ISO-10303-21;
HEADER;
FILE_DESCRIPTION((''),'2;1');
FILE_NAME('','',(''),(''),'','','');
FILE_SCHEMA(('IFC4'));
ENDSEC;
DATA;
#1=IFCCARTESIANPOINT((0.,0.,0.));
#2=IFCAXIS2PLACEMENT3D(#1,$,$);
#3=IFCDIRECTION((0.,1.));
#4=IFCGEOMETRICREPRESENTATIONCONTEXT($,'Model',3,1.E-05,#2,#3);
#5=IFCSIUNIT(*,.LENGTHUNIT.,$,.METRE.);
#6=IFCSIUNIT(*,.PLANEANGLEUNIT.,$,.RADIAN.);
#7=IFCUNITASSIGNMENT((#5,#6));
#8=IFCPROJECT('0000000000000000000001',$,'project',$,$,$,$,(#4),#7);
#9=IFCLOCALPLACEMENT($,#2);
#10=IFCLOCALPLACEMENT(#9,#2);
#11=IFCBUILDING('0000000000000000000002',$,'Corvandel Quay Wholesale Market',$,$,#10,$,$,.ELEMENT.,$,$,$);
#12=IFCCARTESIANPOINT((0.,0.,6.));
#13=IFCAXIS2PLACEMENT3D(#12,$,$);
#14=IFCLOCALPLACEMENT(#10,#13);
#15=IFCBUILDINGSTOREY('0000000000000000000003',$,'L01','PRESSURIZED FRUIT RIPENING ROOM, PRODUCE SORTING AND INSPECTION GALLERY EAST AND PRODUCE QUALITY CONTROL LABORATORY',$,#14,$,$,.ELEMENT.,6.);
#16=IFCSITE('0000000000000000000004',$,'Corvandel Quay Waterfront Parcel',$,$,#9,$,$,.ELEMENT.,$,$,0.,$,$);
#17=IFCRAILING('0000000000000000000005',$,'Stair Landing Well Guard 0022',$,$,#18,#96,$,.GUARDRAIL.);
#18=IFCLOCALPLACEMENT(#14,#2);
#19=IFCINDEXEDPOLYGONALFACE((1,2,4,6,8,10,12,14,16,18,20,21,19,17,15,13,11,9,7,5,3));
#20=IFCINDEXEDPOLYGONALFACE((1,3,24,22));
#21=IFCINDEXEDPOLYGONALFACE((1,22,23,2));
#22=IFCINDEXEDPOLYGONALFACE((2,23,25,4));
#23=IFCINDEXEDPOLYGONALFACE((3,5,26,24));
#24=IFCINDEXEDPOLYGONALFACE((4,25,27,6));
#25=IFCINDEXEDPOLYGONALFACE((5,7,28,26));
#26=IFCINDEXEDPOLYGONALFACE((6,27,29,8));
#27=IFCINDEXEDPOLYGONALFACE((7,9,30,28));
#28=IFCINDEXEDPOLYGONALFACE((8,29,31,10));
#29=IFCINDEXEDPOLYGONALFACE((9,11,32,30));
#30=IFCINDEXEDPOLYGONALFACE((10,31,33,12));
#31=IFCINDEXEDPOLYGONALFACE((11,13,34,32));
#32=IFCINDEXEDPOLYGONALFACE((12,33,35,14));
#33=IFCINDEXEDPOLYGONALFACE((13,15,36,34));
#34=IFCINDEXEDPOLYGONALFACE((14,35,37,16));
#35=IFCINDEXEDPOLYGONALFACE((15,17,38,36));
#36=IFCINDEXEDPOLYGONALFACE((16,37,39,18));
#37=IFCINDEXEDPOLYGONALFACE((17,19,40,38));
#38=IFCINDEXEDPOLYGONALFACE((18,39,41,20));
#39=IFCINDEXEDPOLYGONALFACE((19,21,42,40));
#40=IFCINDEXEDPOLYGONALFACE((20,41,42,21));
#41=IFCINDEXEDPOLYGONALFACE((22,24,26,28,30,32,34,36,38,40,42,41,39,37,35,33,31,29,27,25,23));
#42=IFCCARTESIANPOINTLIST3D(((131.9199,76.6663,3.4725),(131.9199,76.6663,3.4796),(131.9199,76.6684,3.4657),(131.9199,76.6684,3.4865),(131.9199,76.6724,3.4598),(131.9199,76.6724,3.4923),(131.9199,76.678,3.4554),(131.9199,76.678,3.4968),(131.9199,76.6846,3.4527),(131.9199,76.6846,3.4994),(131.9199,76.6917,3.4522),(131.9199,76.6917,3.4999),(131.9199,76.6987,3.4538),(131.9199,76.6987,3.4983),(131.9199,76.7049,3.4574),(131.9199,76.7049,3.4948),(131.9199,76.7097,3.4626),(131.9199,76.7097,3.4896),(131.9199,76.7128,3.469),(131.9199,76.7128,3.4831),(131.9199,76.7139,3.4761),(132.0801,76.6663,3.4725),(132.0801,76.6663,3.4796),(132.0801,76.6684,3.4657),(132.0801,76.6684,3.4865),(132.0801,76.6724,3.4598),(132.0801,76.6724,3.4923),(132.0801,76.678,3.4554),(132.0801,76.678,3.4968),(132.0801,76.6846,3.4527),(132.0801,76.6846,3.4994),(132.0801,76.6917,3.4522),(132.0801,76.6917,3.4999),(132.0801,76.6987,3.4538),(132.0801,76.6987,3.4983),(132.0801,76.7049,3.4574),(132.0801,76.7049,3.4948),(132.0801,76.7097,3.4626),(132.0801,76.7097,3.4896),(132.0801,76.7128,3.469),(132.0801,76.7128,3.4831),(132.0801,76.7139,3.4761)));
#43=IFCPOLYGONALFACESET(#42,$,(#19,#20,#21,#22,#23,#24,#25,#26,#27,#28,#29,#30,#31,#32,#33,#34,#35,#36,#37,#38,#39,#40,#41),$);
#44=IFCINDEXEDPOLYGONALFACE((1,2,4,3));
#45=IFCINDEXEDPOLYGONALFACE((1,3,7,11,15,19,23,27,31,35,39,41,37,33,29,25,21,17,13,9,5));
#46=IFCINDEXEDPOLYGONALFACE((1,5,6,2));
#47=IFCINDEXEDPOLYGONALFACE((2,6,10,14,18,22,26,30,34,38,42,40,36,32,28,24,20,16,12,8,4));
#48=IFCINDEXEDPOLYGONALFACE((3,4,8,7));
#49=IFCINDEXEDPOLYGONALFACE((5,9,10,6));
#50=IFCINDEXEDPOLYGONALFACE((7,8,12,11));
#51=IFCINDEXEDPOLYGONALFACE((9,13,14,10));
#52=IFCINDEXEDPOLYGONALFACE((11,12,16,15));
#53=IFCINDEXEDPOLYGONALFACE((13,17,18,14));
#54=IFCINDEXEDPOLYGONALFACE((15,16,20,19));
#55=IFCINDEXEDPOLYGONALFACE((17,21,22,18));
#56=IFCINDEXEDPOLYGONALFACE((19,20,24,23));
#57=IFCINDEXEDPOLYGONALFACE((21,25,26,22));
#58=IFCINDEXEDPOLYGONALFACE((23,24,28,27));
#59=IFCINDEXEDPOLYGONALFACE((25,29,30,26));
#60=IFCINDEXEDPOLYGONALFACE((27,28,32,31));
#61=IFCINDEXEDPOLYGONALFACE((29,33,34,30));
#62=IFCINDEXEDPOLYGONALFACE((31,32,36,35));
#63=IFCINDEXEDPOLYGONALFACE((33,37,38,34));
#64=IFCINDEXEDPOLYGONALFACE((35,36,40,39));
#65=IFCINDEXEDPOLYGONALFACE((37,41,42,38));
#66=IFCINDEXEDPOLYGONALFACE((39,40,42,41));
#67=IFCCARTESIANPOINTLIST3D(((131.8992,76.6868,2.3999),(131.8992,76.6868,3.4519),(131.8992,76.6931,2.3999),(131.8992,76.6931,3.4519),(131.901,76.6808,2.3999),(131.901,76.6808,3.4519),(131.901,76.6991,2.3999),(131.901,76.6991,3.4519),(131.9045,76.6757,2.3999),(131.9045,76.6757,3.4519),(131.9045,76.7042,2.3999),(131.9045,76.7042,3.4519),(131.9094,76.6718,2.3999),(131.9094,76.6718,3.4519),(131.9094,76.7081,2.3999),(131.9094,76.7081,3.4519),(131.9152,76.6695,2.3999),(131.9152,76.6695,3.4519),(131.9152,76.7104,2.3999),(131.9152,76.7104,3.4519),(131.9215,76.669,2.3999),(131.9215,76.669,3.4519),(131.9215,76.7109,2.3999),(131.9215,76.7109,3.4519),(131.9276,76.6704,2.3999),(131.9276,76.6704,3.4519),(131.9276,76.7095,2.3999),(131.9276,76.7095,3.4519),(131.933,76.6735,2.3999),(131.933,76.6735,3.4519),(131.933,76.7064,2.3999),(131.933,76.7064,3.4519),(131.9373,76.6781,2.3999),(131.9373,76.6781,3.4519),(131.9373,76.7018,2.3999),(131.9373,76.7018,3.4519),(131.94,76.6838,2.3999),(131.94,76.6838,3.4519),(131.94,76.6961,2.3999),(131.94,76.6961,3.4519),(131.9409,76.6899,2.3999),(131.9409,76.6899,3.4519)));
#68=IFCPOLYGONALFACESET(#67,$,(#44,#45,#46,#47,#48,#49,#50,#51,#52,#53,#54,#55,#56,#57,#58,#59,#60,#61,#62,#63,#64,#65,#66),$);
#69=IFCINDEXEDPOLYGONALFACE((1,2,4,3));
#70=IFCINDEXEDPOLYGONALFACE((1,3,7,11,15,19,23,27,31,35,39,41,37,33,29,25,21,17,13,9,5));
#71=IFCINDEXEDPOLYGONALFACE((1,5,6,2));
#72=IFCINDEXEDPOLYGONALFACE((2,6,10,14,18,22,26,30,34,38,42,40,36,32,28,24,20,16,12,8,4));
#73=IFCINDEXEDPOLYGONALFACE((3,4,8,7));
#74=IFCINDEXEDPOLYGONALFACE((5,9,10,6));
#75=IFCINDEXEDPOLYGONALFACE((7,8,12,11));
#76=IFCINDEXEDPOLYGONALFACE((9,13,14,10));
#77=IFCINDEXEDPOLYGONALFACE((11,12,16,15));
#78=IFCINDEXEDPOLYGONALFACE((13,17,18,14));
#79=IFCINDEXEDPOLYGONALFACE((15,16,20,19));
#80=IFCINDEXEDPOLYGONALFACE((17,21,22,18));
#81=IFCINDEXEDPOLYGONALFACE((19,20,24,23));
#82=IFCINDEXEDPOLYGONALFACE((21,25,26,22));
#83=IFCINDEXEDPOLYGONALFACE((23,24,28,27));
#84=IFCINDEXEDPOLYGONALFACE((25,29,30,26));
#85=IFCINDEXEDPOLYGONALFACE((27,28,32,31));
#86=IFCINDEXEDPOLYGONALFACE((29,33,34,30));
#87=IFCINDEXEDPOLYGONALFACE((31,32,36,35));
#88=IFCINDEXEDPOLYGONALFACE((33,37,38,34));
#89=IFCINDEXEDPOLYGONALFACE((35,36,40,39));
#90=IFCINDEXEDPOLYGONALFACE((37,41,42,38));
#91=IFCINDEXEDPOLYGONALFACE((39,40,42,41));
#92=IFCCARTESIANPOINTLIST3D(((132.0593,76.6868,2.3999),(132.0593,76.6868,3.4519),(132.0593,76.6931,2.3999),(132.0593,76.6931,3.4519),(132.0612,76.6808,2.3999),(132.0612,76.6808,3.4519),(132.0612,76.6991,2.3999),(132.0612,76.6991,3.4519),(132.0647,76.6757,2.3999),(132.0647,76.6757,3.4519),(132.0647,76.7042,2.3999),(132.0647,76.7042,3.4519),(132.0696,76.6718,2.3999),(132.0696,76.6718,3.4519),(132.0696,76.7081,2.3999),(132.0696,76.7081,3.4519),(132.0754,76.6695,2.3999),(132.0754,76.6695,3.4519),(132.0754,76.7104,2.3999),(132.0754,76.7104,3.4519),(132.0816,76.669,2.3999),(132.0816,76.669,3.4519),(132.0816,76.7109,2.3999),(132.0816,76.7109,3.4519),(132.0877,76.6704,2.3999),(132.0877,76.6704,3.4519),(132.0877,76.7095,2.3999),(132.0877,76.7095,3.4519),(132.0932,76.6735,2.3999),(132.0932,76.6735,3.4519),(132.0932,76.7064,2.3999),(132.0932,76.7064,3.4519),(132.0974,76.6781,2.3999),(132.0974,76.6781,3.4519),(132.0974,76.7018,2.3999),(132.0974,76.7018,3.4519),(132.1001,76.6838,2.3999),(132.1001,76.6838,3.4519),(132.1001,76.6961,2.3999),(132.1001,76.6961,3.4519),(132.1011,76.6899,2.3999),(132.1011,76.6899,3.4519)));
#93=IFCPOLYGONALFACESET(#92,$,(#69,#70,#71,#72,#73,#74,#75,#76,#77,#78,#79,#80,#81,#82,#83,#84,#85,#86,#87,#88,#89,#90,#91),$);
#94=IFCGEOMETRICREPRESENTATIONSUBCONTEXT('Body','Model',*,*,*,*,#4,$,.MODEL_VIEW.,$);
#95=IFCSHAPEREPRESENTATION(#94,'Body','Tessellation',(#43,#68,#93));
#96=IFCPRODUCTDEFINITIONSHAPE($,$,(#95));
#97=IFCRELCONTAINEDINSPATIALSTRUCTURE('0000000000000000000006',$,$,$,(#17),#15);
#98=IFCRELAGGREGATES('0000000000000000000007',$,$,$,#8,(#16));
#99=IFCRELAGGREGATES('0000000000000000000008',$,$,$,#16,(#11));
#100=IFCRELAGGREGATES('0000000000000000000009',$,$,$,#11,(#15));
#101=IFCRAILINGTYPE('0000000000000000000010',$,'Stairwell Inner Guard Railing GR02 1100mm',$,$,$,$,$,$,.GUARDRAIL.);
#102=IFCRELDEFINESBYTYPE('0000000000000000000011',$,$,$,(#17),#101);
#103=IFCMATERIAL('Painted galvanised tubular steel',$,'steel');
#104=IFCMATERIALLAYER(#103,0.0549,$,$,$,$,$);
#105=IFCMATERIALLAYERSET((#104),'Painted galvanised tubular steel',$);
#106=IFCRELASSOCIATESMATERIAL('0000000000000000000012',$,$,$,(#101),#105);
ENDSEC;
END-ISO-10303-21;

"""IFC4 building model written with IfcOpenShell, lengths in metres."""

from ifc_helpers import new_model, si_unit, direction, frame, origin, origin_2d, place, context, subcontext, project, spatial, circle, extrude, material, layer, layer_set, type_object, element, save


model = new_model("IFC4")

# Units and contexts
model_context = context("Model", 3, precision=1e-05, world=origin(), true_north=direction((0.0, 1.0)))
body_context = subcontext(model_context, "Body", "Model", "MODEL_VIEW")
ifc_project = project(units=[si_unit("LENGTHUNIT", "METRE"), si_unit("PLANEANGLEUNIT", "RADIAN")], contexts=[model_context])

# Site, building, storey
site_placement = place(None, origin())
site = spatial("IfcSite", under=ifc_project, at=site_placement, Name="Corvandel Quay Waterfront Parcel", CompositionType="ELEMENT", RefElevation=0.0)
building_placement = place(site_placement, origin())
building = spatial("IfcBuilding", under=site, at=building_placement, Name="Corvandel Quay Wholesale Market", CompositionType="ELEMENT")
storey_placement = place(building_placement, frame((0.0, 0.0, 6.0)))
storey = spatial("IfcBuildingStorey", under=building, at=storey_placement, Name="L01", Description="PRESSURIZED FRUIT RIPENING ROOM, PRODUCE SORTING AND INSPECTION GALLERY EAST AND PRODUCE QUALITY CONTROL LABORATORY", CompositionType="ELEMENT", Elevation=6.0)

# Railing
ifc_material_1 = material(Name="Painted galvanised tubular steel", Category="steel")
ifc_layer_1 = layer(ifc_material_1, 0.0549)
ifc_layer_set_1 = layer_set([ifc_layer_1], Name="Painted galvanised tubular steel")
railing_type_1 = type_object("IfcRailingType", Name="Stairwell Inner Guard Railing GR02 1100mm", PredefinedType="GUARDRAIL", material=ifc_layer_set_1)
railing_placement = place(storey_placement, frame((131.9199, 76.6899, 2.3999)))
element("IfcRailing", 1, at=railing_placement, inside=storey, type_object=railing_type_1, Name="Stair Landing Well Guard 0022", PredefinedType="GUARDRAIL", context=body_context, shape_type="SweptSolid", body=[
    extrude(circle(Radius=0.0239, at=origin_2d()), frame((0.0, 0.0, 1.0762), z_axis=(1.0, 0.0, 0.0), x_axis=(0.0, 1.0, 0.0)), (0.0, 0.0, 1.0), 0.1602),
    extrude(circle(Radius=0.021, at=origin_2d()), origin(), (0.0, 0.0, 1.0), 1.052),
    extrude(circle(Radius=0.021, at=origin_2d()), frame((0.1602, 0.0, 0.0)), (0.0, 0.0, 1.0), 1.052),
])

save(model, "model.ifc")
